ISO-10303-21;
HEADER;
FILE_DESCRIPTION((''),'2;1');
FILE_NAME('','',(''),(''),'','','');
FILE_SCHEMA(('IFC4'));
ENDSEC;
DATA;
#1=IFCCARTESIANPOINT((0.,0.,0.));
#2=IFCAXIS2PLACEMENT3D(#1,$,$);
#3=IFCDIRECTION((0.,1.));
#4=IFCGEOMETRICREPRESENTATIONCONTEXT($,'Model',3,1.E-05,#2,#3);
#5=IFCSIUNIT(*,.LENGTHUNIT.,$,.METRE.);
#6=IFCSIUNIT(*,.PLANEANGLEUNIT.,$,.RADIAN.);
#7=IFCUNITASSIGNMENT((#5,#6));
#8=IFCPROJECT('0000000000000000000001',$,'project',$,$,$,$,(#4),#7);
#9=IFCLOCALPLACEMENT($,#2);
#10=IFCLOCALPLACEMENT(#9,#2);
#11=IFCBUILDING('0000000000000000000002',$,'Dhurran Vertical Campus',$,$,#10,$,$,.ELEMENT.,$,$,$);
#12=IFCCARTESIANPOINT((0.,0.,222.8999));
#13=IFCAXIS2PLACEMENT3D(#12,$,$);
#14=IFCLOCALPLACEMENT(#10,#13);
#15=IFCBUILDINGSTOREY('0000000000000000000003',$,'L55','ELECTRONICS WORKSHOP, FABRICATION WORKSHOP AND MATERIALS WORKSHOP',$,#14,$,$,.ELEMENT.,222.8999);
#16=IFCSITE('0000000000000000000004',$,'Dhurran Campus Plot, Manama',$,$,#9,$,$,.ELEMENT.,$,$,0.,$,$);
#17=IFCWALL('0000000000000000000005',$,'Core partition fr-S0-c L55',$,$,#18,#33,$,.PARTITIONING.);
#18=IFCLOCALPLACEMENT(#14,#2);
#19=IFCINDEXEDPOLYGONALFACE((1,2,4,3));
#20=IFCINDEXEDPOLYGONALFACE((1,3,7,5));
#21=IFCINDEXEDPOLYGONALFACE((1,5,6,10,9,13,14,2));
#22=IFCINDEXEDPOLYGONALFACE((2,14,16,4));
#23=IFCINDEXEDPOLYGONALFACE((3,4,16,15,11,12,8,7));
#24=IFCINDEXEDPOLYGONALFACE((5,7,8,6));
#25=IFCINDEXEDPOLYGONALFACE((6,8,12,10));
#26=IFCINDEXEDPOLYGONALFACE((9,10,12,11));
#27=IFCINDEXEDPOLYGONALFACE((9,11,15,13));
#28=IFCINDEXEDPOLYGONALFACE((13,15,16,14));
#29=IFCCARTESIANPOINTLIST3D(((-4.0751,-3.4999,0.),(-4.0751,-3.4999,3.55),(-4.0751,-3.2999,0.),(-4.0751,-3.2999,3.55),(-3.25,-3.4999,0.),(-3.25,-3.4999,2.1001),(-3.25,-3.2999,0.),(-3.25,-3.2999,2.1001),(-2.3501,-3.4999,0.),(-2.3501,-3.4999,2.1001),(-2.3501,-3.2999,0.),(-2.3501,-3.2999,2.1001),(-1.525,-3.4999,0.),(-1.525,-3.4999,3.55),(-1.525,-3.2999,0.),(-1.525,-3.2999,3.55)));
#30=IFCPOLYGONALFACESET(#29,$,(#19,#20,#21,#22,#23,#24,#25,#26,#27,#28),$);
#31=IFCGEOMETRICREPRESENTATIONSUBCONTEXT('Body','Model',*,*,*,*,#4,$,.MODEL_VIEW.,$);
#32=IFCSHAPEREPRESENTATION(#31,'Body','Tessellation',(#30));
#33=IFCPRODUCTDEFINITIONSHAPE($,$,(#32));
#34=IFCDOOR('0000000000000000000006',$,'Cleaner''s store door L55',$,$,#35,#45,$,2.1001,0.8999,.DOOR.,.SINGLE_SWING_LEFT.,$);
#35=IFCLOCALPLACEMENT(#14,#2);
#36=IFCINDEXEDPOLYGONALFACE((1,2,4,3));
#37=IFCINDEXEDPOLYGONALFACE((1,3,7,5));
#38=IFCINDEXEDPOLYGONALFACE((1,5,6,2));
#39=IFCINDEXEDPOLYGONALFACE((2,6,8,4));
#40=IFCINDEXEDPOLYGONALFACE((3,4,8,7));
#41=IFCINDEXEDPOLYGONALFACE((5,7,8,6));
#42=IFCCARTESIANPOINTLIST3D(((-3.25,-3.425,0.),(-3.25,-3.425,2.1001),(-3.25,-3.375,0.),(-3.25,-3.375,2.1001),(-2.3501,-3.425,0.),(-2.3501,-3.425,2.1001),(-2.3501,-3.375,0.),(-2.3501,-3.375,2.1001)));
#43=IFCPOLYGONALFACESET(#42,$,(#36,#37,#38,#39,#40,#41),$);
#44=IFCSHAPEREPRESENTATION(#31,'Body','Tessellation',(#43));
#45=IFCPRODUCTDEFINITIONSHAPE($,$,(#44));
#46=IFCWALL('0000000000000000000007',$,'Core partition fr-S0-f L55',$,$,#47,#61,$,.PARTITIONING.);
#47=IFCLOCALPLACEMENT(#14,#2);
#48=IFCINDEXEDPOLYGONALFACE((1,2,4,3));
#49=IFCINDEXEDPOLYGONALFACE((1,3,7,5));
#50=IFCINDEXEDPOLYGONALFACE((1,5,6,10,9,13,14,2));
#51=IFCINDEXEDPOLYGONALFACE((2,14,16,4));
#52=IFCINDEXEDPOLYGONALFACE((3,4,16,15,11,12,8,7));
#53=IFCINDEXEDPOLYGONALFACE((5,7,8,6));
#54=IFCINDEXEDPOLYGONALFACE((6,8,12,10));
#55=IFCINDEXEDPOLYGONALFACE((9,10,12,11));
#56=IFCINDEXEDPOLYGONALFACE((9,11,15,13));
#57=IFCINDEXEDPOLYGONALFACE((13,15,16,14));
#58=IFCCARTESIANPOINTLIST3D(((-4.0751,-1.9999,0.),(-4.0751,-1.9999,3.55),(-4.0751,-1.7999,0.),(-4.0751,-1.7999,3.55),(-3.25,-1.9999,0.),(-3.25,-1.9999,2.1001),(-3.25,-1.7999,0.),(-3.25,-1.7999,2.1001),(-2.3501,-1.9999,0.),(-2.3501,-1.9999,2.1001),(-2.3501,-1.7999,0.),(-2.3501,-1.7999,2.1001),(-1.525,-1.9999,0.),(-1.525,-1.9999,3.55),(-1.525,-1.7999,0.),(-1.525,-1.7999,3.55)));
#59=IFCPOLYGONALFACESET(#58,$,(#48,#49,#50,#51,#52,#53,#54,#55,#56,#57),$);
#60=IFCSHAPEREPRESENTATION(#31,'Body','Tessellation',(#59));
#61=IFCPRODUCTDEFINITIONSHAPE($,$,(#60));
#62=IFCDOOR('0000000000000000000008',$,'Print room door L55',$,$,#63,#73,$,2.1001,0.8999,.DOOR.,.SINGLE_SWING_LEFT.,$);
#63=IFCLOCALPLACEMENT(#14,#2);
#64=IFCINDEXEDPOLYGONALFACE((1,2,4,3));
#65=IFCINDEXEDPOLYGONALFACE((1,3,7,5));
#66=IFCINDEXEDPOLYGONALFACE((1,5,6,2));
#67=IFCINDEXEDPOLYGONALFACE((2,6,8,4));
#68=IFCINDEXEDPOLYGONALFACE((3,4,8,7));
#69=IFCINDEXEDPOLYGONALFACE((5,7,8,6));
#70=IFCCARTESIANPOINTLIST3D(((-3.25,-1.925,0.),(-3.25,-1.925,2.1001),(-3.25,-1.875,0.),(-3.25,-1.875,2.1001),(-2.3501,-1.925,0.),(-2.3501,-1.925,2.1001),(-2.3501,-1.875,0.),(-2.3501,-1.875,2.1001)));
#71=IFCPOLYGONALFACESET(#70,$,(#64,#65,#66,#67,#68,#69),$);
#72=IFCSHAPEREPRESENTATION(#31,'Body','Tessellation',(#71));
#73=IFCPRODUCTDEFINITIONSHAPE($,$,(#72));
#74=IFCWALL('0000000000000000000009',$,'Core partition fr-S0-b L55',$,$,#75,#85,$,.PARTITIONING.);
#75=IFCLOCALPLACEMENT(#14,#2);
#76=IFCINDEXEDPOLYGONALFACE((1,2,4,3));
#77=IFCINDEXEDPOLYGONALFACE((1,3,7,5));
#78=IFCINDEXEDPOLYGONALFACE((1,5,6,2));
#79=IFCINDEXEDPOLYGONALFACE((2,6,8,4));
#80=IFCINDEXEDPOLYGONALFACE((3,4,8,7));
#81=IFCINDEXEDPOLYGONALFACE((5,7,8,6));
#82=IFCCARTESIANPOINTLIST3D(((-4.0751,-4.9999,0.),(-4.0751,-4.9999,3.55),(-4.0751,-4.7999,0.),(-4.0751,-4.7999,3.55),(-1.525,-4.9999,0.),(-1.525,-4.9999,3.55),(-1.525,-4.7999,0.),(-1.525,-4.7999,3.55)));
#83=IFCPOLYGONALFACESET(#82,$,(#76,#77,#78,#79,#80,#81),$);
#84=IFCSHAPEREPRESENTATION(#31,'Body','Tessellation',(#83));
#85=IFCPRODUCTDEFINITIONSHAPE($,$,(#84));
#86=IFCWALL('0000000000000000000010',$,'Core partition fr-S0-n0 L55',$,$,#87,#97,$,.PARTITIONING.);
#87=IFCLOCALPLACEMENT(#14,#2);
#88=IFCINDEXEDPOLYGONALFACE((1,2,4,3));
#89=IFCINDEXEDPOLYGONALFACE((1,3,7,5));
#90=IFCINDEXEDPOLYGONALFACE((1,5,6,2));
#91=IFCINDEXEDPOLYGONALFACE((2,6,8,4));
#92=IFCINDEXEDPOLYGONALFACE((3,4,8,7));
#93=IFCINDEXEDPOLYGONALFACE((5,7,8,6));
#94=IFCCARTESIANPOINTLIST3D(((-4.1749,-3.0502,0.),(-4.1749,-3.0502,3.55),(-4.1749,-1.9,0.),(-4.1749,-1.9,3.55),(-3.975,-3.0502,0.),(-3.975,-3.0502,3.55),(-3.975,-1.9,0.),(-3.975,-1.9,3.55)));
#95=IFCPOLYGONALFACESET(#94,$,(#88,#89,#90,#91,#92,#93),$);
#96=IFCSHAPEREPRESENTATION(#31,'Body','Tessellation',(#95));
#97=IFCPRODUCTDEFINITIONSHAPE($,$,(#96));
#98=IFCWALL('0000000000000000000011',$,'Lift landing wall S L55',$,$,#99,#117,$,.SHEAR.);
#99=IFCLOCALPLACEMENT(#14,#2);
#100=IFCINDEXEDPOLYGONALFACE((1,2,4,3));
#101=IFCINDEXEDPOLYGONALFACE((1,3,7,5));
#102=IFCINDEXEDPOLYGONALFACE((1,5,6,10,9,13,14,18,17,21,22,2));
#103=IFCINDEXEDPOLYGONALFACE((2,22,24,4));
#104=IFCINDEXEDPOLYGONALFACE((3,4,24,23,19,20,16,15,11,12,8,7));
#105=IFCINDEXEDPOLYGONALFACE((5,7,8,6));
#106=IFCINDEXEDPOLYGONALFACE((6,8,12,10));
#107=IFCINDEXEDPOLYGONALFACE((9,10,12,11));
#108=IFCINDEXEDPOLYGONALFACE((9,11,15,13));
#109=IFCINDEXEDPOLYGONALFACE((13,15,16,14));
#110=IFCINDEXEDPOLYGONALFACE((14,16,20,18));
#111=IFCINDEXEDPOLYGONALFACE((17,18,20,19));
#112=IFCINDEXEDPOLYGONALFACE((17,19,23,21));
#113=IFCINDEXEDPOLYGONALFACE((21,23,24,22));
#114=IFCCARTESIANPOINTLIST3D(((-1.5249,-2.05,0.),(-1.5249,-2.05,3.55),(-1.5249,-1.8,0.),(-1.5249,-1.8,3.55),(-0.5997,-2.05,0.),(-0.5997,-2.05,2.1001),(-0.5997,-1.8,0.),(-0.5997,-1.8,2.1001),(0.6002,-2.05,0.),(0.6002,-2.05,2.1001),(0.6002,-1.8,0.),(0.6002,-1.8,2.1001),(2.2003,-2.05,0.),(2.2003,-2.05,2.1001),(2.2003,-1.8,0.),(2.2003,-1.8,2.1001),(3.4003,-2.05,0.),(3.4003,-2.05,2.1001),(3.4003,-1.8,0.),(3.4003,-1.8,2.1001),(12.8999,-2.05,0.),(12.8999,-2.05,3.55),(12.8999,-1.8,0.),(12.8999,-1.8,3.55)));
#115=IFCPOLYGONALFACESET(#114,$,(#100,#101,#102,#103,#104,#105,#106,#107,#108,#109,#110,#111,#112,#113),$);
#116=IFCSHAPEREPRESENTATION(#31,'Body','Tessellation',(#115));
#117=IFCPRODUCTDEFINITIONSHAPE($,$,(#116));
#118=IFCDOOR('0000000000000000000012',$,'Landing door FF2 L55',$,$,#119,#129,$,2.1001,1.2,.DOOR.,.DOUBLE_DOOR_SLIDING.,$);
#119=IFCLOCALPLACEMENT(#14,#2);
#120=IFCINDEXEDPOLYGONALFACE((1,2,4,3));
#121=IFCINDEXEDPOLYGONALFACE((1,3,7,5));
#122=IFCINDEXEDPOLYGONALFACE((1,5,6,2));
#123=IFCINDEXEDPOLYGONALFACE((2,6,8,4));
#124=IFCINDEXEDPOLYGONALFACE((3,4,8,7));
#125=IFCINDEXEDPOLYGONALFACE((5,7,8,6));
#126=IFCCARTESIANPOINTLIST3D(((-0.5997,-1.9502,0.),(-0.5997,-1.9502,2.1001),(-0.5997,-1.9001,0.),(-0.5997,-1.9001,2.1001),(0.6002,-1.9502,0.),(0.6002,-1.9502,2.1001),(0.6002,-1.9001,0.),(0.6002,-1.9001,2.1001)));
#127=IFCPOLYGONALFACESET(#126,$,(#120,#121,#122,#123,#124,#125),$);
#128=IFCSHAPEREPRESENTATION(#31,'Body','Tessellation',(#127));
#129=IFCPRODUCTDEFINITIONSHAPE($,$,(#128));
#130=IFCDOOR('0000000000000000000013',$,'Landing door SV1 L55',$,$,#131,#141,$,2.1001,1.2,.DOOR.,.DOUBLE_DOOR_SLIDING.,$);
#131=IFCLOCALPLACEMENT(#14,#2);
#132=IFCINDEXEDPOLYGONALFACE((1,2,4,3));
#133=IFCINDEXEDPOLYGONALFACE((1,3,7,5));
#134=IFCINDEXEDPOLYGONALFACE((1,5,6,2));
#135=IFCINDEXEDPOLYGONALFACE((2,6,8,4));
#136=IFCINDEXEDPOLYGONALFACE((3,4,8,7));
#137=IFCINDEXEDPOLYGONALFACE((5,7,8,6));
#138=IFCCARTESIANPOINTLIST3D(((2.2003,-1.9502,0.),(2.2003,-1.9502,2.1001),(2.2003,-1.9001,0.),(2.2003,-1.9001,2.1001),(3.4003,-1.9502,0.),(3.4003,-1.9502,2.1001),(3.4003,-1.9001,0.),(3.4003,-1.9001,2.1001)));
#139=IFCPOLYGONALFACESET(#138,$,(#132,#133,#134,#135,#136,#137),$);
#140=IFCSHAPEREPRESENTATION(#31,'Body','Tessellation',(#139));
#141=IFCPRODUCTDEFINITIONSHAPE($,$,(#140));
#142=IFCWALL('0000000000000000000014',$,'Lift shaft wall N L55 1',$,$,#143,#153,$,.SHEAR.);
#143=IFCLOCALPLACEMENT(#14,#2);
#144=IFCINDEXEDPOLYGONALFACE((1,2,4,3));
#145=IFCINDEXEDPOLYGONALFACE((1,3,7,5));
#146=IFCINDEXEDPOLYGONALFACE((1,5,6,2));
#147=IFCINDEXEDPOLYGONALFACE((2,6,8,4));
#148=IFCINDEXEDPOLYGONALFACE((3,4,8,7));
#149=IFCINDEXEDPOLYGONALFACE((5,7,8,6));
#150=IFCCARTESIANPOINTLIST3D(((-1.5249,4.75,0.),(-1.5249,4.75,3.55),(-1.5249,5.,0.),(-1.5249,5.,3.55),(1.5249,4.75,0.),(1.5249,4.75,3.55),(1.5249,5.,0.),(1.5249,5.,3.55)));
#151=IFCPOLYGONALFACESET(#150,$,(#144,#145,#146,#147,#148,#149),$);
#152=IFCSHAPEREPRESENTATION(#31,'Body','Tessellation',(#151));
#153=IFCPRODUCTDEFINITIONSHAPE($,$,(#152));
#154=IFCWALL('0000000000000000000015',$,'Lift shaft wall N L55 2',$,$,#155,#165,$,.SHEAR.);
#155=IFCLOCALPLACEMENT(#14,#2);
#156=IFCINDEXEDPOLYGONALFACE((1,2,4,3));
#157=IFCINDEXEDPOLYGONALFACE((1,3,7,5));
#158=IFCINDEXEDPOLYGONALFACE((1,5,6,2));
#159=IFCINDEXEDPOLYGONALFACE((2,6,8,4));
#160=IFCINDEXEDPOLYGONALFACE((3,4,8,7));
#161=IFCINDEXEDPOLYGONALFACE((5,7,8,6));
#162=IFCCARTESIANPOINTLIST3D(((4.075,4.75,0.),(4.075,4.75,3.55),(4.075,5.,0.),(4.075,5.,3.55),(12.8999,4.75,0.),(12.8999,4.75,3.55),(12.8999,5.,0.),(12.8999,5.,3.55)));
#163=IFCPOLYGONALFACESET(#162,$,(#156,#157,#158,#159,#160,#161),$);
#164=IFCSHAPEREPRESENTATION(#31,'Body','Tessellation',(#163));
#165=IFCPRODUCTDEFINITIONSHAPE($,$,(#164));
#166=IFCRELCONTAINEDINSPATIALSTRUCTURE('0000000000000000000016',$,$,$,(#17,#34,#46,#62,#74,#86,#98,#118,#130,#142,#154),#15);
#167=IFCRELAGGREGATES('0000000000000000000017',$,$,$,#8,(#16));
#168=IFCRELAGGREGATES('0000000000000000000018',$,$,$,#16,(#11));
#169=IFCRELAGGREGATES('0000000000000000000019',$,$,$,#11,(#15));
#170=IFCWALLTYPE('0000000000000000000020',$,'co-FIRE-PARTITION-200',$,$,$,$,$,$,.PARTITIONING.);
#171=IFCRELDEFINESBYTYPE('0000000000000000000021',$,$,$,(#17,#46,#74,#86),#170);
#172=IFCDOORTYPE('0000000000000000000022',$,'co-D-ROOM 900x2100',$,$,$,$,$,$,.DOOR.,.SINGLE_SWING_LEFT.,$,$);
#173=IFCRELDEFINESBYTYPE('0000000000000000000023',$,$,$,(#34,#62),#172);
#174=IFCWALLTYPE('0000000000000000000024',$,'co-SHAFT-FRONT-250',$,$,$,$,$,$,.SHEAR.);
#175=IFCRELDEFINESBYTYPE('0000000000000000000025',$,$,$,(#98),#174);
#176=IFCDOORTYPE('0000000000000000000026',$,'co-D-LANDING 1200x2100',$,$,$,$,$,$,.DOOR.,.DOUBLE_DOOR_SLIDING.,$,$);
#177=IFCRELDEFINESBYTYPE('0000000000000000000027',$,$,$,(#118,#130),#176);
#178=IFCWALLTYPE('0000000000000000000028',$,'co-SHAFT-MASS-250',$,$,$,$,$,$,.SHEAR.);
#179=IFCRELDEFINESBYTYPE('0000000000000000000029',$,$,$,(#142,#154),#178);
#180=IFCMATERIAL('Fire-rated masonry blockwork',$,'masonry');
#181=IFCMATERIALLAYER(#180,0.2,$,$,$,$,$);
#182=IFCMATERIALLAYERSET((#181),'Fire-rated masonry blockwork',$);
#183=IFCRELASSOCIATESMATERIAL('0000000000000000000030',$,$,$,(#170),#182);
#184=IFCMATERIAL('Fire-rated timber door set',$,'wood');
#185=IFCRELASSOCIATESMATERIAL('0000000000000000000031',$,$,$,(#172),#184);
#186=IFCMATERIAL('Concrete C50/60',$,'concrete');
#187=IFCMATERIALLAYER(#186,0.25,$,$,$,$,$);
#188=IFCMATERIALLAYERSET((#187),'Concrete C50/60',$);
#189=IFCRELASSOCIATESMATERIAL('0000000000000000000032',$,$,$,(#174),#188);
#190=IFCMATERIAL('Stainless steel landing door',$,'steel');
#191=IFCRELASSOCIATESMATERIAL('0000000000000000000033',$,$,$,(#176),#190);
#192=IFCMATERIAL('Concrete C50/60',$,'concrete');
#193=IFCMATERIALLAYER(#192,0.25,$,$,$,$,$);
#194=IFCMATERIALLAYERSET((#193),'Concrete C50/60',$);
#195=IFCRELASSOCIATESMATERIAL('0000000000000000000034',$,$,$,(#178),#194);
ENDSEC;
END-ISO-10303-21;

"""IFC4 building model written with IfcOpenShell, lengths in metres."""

from ifc_helpers import new_model, si_unit, direction, frame, frame_2d, origin, place, context, subcontext, project, spatial, polyline, rectangle, outline, extrude, material, layer, layer_set, type_object, element, fill, save


model = new_model("IFC4")

# Units and contexts
model_context = context("Model", 3, precision=1e-05, world=origin(), true_north=direction((0.0, 1.0)))
body_context = subcontext(model_context, "Body", "Model", "MODEL_VIEW")
ifc_project = project(units=[si_unit("LENGTHUNIT", "METRE"), si_unit("PLANEANGLEUNIT", "RADIAN")], contexts=[model_context])

# Site, building, storey
site_placement = place(None, origin())
site = spatial("IfcSite", under=ifc_project, at=site_placement, Name="Dhurran Campus Plot, Manama", CompositionType="ELEMENT", RefElevation=0.0)
building_placement = place(site_placement, origin())
building = spatial("IfcBuilding", under=site, at=building_placement, Name="Dhurran Vertical Campus", CompositionType="ELEMENT")
storey_placement = place(building_placement, frame((0.0, 0.0, 222.8999)))
storey = spatial("IfcBuildingStorey", under=building, at=storey_placement, Name="L55", Description="ELECTRONICS WORKSHOP, FABRICATION WORKSHOP AND MATERIALS WORKSHOP", CompositionType="ELEMENT", Elevation=222.8999)

# Shared definitions
ifc_material_1 = material(Name="Fire-rated masonry blockwork", Category="masonry")
ifc_layer_1 = layer(ifc_material_1, 0.2)
ifc_layer_set_1 = layer_set([ifc_layer_1], Name="Fire-rated masonry blockwork")
wall_type_1 = type_object("IfcWallType", Name="co-FIRE-PARTITION-200", PredefinedType="PARTITIONING", material=ifc_layer_set_1)

# Walls, openings, doors
wall_1_placement = place(storey_placement, frame((-4.075, -3.3999, 0.0), z_axis=(0.0, 0.0, 1.0), x_axis=(1.0, 0.0, 0.0)))
wall_1 = element("IfcWall", 1, at=wall_1_placement, inside=storey, type_object=wall_type_1, Name="Core partition fr-S0-c L55", PredefinedType="PARTITIONING", context=body_context, shape_type="SweptSolid", body=[
    extrude(rectangle(XDim=2.55, YDim=0.2, at=frame_2d((1.2749, 0.0))), origin(), (0.0, 0.0, 1.0), 3.55),
])
opening_1_placement = place(wall_1_placement, frame((0.825, 0.0, 0.0)))
opening_1 = element("IfcOpeningElement", 2, at=opening_1_placement, cuts=wall_1, PredefinedType="OPENING", context=body_context, shape_type="SweptSolid", body=[
    extrude(rectangle(XDim=0.8999, YDim=2.1001, at=frame_2d((0.45, 1.05))), frame((0.0, 0.1099, 0.0), z_axis=(0.0, -1.0, 0.0), x_axis=(1.0, 0.0, 0.0)), (0.0, 0.0, 1.0), 0.22),
])
ifc_material_2 = material(Name="Fire-rated timber door set", Category="wood")
door_type_1 = type_object("IfcDoorType", Name="co-D-ROOM 900x2100", OperationType="SINGLE_SWING_LEFT", PredefinedType="DOOR", material=ifc_material_2)
door_1_placement = place(opening_1_placement, origin())
door_1 = element("IfcDoor", 3, at=door_1_placement, inside=storey, type_object=door_type_1, Name="Cleaner's store door L55", OperationType="SINGLE_SWING_LEFT", OverallHeight=2.1001, OverallWidth=0.8999, PredefinedType="DOOR", context=body_context, shape_type="SweptSolid", body=[
    extrude(rectangle(XDim=0.8999, YDim=2.1001, at=frame_2d((0.45, 1.05))), frame((0.0, 0.0249, 0.0), z_axis=(0.0, -1.0, 0.0), x_axis=(1.0, 0.0, 0.0)), (0.0, 0.0, 1.0), 0.05),
])
fill(opening_1, door_1)
wall_2_placement = place(storey_placement, frame((-4.075, -1.8999, 0.0), z_axis=(0.0, 0.0, 1.0), x_axis=(1.0, 0.0, 0.0)))
wall_2 = element("IfcWall", 4, at=wall_2_placement, inside=storey, type_object=wall_type_1, Name="Core partition fr-S0-f L55", PredefinedType="PARTITIONING", context=body_context, shape_type="SweptSolid", body=[
    extrude(rectangle(XDim=2.55, YDim=0.2, at=frame_2d((1.2749, 0.0))), origin(), (0.0, 0.0, 1.0), 3.55),
])
opening_2_placement = place(wall_2_placement, frame((0.825, 0.0, 0.0)))
opening_2 = element("IfcOpeningElement", 5, at=opening_2_placement, cuts=wall_2, PredefinedType="OPENING", context=body_context, shape_type="SweptSolid", body=[
    extrude(rectangle(XDim=0.8999, YDim=2.1001, at=frame_2d((0.45, 1.05))), frame((0.0, 0.1099, 0.0), z_axis=(0.0, -1.0, 0.0), x_axis=(1.0, 0.0, 0.0)), (0.0, 0.0, 1.0), 0.22),
])
door_2_placement = place(opening_2_placement, origin())
door_2 = element("IfcDoor", 6, at=door_2_placement, inside=storey, type_object=door_type_1, Name="Print room door L55", OperationType="SINGLE_SWING_LEFT", OverallHeight=2.1001, OverallWidth=0.8999, PredefinedType="DOOR", context=body_context, shape_type="SweptSolid", body=[
    extrude(rectangle(XDim=0.8999, YDim=2.1001, at=frame_2d((0.45, 1.05))), frame((0.0, 0.0249, 0.0), z_axis=(0.0, -1.0, 0.0), x_axis=(1.0, 0.0, 0.0)), (0.0, 0.0, 1.0), 0.05),
])
fill(opening_2, door_2)

# Walls
wall_3_placement = place(storey_placement, frame((-4.075, -4.8999, 0.0), z_axis=(0.0, 0.0, 1.0), x_axis=(1.0, 0.0, 0.0)))
element("IfcWall", 7, at=wall_3_placement, inside=storey, type_object=wall_type_1, Name="Core partition fr-S0-b L55", PredefinedType="PARTITIONING", context=body_context, shape_type="SweptSolid", body=[
    extrude(rectangle(XDim=2.55, YDim=0.2, at=frame_2d((1.2749, 0.0))), origin(), (0.0, 0.0, 1.0), 3.55),
])
wall_4_placement = place(storey_placement, frame((-4.075, -1.8999, 0.0), z_axis=(0.0, 0.0, 1.0), x_axis=(0.0, -1.0, 0.0)))
element("IfcWall", 8, at=wall_4_placement, inside=storey, type_object=wall_type_1, Name="Core partition fr-S0-n0 L55", PredefinedType="PARTITIONING", context=body_context, shape_type="SweptSolid", body=[
    extrude(rectangle(XDim=1.1501, YDim=0.2, at=frame_2d((0.5752, 0.0))), origin(), (0.0, 0.0, 1.0), 3.55),
])

# Wall, openings, doors
ifc_material_3 = material(Name="Concrete C50/60", Category="concrete")
ifc_layer_2 = layer(ifc_material_3, 0.25)
ifc_layer_set_2 = layer_set([ifc_layer_2], Name="Concrete C50/60")
wall_type_2 = type_object("IfcWallType", Name="co-SHAFT-FRONT-250", PredefinedType="SHEAR", material=ifc_layer_set_2)
wall_5_placement = place(storey_placement, frame((-1.5249, -1.925, 0.0), z_axis=(0.0, 0.0, 1.0), x_axis=(1.0, 0.0, 0.0)))
wall_5 = element("IfcWall", 9, at=wall_5_placement, inside=storey, type_object=wall_type_2, Name="Lift landing wall S L55", PredefinedType="SHEAR", context=body_context, shape_type="SweptSolid", body=[
    extrude(rectangle(XDim=14.4248, YDim=0.25, at=frame_2d((7.2124, 0.0))), origin(), (0.0, 0.0, 1.0), 3.55),
])
opening_3_placement = place(wall_5_placement, frame((0.925, 0.0, 0.0)))
opening_3 = element("IfcOpeningElement", 10, at=opening_3_placement, cuts=wall_5, PredefinedType="OPENING", context=body_context, shape_type="SweptSolid", body=[
    extrude(rectangle(XDim=1.2, YDim=2.1001, at=frame_2d((0.6001, 1.05))), frame((0.0, 0.135, 0.0), z_axis=(0.0, -1.0, 0.0), x_axis=(1.0, 0.0, 0.0)), (0.0, 0.0, 1.0), 0.27),
])
opening_4_placement = place(wall_5_placement, frame((3.7251, 0.0, 0.0)))
opening_4 = element("IfcOpeningElement", 11, at=opening_4_placement, cuts=wall_5, PredefinedType="OPENING", context=body_context, shape_type="SweptSolid", body=[
    extrude(rectangle(XDim=1.2, YDim=2.1001, at=frame_2d((0.6001, 1.05))), frame((0.0, 0.135, 0.0), z_axis=(0.0, -1.0, 0.0), x_axis=(1.0, 0.0, 0.0)), (0.0, 0.0, 1.0), 0.27),
])
ifc_material_4 = material(Name="Stainless steel landing door", Category="steel")
door_type_2 = type_object("IfcDoorType", Name="co-D-LANDING 1200x2100", OperationType="DOUBLE_DOOR_SLIDING", PredefinedType="DOOR", material=ifc_material_4)
door_3_placement = place(opening_3_placement, origin())
door_3 = element("IfcDoor", 12, at=door_3_placement, inside=storey, type_object=door_type_2, Name="Landing door FF2 L55", OperationType="DOUBLE_DOOR_SLIDING", OverallHeight=2.1001, OverallWidth=1.2, PredefinedType="DOOR", context=body_context, shape_type="SweptSolid", body=[
    extrude(rectangle(XDim=1.2, YDim=2.1001, at=frame_2d((0.6001, 1.05))), frame((0.0, 0.0249, 0.0), z_axis=(0.0, -1.0, 0.0), x_axis=(1.0, 0.0, 0.0)), (0.0, 0.0, 1.0), 0.05),
])
fill(opening_3, door_3)
door_4_placement = place(opening_4_placement, origin())
door_4 = element("IfcDoor", 13, at=door_4_placement, inside=storey, type_object=door_type_2, Name="Landing door SV1 L55", OperationType="DOUBLE_DOOR_SLIDING", OverallHeight=2.1001, OverallWidth=1.2, PredefinedType="DOOR", context=body_context, shape_type="SweptSolid", body=[
    extrude(rectangle(XDim=1.2, YDim=2.1001, at=frame_2d((0.6001, 1.05))), frame((0.0, 0.0249, 0.0), z_axis=(0.0, -1.0, 0.0), x_axis=(1.0, 0.0, 0.0)), (0.0, 0.0, 1.0), 0.05),
])
fill(opening_4, door_4)

# Walls
ifc_material_5 = material(Name="Concrete C50/60", Category="concrete")
ifc_layer_3 = layer(ifc_material_5, 0.25)
ifc_layer_set_3 = layer_set([ifc_layer_3], Name="Concrete C50/60")
wall_type_3 = type_object("IfcWallType", Name="co-SHAFT-MASS-250", PredefinedType="SHEAR", material=ifc_layer_set_3)
wall_6_placement = place(storey_placement, origin())
element("IfcWall", 14, at=wall_6_placement, inside=storey, type_object=wall_type_3, Name="Lift shaft wall N L55 1", PredefinedType="SHEAR", context=body_context, shape_type="SweptSolid", body=[
    extrude(outline(polyline([(-1.5249, 4.75), (1.5249, 4.75), (1.5249, 5.0), (-1.5249, 5.0), (-1.5249, 4.75)])), origin(), (0.0, 0.0, 1.0), 3.55),
])
wall_7_placement = place(storey_placement, origin())
element("IfcWall", 15, at=wall_7_placement, inside=storey, type_object=wall_type_3, Name="Lift shaft wall N L55 2", PredefinedType="SHEAR", context=body_context, shape_type="SweptSolid", body=[
    extrude(outline(polyline([(4.075, 4.75), (12.8999, 4.75), (12.8999, 5.0), (4.075, 5.0), (4.075, 4.75)])), origin(), (0.0, 0.0, 1.0), 3.55),
])

save(model, "model.ifc")
